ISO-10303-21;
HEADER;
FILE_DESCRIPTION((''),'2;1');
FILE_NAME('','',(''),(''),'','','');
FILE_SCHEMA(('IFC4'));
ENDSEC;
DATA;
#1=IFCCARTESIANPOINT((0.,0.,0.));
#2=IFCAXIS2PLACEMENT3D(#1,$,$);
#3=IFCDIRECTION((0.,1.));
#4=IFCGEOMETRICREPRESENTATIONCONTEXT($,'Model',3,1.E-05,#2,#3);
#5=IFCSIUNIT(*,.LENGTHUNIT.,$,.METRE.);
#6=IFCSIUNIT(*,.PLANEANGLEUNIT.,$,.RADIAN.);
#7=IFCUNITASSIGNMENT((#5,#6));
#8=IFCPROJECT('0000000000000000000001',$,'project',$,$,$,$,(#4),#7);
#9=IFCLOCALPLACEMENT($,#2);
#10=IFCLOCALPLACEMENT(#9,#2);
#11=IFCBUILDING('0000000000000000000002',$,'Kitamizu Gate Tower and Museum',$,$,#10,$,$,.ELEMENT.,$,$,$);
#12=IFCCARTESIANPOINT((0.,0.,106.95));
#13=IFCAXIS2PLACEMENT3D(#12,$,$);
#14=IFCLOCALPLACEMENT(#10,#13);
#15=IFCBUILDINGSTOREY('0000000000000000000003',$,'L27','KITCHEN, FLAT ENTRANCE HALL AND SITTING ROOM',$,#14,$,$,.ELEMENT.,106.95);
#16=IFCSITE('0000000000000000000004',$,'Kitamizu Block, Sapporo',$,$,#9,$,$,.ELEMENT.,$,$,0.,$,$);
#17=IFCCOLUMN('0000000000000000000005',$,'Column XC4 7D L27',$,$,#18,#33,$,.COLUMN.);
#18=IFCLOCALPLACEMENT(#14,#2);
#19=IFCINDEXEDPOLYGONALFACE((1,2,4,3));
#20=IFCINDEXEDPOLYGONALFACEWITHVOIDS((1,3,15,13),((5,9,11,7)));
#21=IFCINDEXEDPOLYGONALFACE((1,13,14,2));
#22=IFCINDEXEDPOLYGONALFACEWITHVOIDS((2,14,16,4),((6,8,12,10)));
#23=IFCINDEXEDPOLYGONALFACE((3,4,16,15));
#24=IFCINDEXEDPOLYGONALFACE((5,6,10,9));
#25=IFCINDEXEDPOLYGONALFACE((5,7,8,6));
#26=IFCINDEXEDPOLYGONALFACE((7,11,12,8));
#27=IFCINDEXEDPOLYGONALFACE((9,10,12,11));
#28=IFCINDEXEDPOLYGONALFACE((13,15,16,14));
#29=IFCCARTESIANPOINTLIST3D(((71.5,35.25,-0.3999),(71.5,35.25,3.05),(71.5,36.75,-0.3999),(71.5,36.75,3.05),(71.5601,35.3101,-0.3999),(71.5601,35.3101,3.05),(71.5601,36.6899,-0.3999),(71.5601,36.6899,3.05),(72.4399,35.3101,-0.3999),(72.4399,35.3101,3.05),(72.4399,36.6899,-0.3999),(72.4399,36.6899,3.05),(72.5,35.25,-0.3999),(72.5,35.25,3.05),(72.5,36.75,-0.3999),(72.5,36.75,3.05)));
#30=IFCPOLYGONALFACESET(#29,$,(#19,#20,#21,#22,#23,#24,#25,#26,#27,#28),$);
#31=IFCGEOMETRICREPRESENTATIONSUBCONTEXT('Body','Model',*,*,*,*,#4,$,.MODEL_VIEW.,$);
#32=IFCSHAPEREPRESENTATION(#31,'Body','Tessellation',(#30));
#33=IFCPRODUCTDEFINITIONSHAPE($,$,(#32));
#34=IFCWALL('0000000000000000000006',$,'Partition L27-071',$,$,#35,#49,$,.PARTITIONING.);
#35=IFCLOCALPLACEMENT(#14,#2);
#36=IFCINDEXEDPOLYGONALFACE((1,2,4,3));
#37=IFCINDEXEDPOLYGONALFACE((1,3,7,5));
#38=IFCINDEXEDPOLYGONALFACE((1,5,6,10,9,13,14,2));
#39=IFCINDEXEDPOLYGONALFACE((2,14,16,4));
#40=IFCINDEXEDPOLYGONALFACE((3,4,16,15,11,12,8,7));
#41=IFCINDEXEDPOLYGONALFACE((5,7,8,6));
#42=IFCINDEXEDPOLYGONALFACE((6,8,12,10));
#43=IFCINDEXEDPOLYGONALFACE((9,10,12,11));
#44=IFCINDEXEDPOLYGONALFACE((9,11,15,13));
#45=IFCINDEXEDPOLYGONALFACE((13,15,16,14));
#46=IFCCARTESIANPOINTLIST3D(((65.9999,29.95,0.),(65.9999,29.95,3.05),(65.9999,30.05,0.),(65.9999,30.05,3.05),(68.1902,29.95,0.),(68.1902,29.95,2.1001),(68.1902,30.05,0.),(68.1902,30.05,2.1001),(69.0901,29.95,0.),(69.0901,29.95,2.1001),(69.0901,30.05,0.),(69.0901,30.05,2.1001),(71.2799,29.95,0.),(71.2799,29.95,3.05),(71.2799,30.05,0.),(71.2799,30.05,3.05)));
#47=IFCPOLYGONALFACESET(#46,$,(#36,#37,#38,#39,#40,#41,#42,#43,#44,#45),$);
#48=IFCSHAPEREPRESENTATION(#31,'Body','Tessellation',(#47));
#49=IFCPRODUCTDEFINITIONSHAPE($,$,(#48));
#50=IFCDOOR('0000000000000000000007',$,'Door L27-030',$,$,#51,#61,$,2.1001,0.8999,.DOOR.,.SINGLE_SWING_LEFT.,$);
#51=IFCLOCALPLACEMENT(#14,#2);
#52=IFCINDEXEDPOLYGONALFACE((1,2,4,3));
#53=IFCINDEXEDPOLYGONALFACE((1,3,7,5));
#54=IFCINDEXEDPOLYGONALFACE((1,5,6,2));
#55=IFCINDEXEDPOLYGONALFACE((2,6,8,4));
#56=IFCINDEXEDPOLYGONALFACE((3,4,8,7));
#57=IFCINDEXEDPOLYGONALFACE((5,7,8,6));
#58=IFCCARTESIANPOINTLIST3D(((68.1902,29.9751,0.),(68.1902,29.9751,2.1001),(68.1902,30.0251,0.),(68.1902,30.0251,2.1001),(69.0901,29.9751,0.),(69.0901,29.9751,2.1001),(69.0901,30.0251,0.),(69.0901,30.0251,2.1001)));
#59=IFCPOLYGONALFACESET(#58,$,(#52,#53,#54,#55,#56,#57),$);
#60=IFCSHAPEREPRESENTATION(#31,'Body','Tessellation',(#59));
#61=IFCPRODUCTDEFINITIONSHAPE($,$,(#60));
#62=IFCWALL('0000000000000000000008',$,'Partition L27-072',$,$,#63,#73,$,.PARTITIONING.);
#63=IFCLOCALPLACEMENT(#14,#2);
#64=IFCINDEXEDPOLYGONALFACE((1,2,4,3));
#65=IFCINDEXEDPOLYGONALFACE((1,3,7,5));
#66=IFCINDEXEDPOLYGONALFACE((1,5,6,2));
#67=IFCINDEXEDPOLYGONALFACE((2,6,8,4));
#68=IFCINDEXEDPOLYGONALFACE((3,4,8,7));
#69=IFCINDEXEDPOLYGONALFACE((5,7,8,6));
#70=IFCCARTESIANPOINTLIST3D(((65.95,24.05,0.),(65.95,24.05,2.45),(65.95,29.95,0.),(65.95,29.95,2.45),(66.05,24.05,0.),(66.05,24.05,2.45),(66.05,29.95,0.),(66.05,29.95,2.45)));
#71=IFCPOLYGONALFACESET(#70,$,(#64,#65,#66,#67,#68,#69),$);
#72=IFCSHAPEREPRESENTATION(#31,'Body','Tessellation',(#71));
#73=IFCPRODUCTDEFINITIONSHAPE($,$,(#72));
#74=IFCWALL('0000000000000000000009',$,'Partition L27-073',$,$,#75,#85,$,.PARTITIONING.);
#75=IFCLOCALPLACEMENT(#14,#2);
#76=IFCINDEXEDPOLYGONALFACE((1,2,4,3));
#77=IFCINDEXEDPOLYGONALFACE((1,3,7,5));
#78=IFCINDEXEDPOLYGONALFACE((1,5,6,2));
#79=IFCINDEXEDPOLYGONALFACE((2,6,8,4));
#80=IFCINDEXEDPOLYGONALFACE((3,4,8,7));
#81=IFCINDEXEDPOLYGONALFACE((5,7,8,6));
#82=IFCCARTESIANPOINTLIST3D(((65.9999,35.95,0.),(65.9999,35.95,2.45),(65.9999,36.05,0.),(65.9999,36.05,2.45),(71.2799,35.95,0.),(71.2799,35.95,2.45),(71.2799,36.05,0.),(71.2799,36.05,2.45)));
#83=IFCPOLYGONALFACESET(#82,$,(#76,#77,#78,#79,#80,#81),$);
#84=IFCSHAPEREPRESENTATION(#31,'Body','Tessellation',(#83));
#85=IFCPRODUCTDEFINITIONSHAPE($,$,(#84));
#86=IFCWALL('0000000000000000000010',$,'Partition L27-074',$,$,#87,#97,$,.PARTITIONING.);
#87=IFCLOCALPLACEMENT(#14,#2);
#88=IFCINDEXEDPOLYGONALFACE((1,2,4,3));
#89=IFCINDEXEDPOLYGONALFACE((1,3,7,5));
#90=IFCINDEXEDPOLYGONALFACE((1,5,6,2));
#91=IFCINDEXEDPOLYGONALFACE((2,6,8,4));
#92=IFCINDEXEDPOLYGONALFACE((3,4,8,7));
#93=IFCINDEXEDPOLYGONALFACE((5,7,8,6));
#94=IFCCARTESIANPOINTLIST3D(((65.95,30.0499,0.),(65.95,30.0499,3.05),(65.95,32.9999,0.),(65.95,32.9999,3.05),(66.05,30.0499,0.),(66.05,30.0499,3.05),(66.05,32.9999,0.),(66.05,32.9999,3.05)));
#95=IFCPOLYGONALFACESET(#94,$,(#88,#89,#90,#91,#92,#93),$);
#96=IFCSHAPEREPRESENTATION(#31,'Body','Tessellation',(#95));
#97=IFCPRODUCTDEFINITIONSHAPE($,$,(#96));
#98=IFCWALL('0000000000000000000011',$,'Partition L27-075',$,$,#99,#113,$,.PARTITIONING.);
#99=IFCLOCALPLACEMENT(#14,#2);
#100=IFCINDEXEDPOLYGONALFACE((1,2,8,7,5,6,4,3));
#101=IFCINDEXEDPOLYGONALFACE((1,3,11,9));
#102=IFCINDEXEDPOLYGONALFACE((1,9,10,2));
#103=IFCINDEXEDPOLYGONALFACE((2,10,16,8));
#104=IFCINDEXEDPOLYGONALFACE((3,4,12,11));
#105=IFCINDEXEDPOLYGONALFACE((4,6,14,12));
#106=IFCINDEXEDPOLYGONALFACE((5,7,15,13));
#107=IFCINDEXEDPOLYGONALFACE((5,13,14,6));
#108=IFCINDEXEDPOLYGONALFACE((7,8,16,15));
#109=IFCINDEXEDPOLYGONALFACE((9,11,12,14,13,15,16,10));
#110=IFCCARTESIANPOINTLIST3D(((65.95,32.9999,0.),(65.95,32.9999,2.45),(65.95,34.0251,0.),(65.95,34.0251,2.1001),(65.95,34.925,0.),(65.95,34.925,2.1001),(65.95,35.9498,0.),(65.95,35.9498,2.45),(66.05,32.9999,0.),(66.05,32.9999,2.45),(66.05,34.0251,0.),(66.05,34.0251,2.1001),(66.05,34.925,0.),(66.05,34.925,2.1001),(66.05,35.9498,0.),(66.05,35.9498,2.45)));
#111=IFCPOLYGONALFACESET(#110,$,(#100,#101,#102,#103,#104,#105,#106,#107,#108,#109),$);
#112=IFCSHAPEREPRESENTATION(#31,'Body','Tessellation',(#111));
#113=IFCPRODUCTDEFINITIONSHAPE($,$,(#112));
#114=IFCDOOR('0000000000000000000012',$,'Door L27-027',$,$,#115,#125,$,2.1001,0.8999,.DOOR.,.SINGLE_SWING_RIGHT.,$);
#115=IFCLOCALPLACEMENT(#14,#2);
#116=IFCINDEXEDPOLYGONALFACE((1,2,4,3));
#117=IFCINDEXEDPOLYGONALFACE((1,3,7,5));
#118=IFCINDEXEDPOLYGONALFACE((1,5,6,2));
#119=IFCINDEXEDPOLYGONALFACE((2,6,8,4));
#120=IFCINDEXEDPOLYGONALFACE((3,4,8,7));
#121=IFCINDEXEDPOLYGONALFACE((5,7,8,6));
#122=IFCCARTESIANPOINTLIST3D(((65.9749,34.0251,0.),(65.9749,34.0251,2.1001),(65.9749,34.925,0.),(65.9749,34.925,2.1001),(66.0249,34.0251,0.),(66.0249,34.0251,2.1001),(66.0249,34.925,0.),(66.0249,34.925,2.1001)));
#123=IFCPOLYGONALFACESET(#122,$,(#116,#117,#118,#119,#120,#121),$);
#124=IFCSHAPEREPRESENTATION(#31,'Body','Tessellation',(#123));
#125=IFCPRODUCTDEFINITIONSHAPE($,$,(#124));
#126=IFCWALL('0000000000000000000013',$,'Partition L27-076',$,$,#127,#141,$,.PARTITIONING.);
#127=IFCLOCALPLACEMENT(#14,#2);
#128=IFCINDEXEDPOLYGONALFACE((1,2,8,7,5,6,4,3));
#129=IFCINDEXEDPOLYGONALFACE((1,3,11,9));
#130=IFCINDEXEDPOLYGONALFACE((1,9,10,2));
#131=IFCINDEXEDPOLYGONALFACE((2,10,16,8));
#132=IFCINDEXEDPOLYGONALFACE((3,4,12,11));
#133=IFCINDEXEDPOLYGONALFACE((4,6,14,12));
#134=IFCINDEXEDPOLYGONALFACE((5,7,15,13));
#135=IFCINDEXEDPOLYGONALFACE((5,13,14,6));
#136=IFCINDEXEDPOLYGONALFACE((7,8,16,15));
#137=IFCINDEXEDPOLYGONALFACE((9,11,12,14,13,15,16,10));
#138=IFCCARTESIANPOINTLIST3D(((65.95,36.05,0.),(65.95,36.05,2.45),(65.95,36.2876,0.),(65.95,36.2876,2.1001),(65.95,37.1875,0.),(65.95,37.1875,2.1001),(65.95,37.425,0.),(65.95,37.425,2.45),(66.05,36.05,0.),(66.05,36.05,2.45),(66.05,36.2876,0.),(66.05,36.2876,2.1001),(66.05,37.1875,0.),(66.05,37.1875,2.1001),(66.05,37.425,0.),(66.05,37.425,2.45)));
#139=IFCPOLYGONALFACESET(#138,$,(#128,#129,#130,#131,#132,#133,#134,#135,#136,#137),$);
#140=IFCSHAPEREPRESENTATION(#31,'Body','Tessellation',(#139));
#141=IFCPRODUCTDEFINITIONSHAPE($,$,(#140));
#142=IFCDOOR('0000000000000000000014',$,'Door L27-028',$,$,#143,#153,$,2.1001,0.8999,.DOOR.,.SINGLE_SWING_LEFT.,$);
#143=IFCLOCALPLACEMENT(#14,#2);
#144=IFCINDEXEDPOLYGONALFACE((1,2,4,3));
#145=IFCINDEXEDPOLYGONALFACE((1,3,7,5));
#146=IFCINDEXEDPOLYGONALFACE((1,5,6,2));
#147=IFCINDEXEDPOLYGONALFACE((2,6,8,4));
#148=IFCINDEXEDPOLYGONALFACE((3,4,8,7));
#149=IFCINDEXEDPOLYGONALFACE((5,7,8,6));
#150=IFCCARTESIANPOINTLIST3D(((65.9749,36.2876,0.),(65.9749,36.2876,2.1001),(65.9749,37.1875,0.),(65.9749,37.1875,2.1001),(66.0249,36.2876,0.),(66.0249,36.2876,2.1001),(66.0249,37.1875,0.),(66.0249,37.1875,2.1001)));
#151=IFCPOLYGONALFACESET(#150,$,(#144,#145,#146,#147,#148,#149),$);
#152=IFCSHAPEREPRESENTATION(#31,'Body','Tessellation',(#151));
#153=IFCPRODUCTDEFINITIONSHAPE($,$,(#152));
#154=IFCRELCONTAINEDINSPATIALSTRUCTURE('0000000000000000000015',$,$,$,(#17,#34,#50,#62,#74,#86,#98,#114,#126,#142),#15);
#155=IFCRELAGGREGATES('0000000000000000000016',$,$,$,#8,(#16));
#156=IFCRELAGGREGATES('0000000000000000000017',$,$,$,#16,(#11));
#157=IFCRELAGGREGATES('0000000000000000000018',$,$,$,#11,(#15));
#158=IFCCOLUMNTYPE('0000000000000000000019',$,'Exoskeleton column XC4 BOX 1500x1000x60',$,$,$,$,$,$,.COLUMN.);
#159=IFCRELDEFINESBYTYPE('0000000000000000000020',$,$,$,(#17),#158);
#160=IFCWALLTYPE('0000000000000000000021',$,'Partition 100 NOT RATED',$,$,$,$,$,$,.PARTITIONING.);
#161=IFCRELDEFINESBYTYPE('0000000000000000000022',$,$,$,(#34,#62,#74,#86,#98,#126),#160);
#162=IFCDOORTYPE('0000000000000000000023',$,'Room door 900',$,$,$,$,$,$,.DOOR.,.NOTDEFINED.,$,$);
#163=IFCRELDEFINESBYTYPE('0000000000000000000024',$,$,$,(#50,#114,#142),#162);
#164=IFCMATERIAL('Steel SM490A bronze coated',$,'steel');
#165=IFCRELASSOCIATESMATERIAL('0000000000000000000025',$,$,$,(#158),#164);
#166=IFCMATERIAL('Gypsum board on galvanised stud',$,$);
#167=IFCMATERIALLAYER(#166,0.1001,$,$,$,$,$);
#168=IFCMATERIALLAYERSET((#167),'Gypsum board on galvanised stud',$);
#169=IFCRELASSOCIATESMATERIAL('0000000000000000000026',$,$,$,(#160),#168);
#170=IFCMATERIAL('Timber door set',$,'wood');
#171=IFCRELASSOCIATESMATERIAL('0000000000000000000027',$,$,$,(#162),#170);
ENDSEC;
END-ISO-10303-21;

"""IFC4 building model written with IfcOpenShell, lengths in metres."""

from ifc_helpers import new_model, si_unit, direction, frame, frame_2d, origin, origin_2d, place, context, subcontext, project, spatial, rectangle, hollow_rectangle, extrude, material, layer, layer_set, material_profile, profile_set, type_object, element, fill, save


model = new_model("IFC4")

# Units and contexts
model_context = context("Model", 3, precision=1e-05, world=origin(), true_north=direction((0.0, 1.0)))
body_context = subcontext(model_context, "Body", "Model", "MODEL_VIEW")
ifc_project = project(units=[si_unit("LENGTHUNIT", "METRE"), si_unit("PLANEANGLEUNIT", "RADIAN")], contexts=[model_context])

# Site, building, storey
site_placement = place(None, origin())
site = spatial("IfcSite", under=ifc_project, at=site_placement, Name="Kitamizu Block, Sapporo", CompositionType="ELEMENT", RefElevation=0.0)
building_placement = place(site_placement, origin())
building = spatial("IfcBuilding", under=site, at=building_placement, Name="Kitamizu Gate Tower and Museum", CompositionType="ELEMENT")
storey_placement = place(building_placement, frame((0.0, 0.0, 106.95)))
storey = spatial("IfcBuildingStorey", under=building, at=storey_placement, Name="L27", Description="KITCHEN, FLAT ENTRANCE HALL AND SITTING ROOM", CompositionType="ELEMENT", Elevation=106.95)

# Column
ifc_material_1 = material(Name="Steel SM490A bronze coated", Category="steel")
ifc_material_profile = material_profile(ifc_material_1, hollow_rectangle(XDim=1.5, YDim=1.0, WallThickness=0.0601, at=origin_2d()), Name="BOX 1500x1000x60")
ifc_profile_set = profile_set([ifc_material_profile], Name="Steel SM490A bronze coated")
column_type = type_object("IfcColumnType", Name="Exoskeleton column XC4 BOX 1500x1000x60", PredefinedType="COLUMN", material=ifc_profile_set)
column_placement = place(storey_placement, frame((72.0, 36.0, -0.3999), z_axis=(0.0, 0.0, 1.0), x_axis=(0.0, 1.0, 0.0)))
element("IfcColumn", 1, at=column_placement, inside=storey, type_object=column_type, Name="Column XC4 7D L27", PredefinedType="COLUMN", context=body_context, shape_type="SweptSolid", body=[
    extrude(hollow_rectangle(XDim=1.5, YDim=1.0, WallThickness=0.0601, at=origin_2d()), origin(), (0.0, 0.0, 1.0), 3.45),
])

# Wall, opening, door
ifc_material_2 = material(Name="Gypsum board on galvanised stud")
ifc_layer_1 = layer(ifc_material_2, 0.1001)
ifc_layer_set_1 = layer_set([ifc_layer_1], Name="Gypsum board on galvanised stud")
wall_type_1 = type_object("IfcWallType", Name="Partition 100 NOT RATED", PredefinedType="PARTITIONING", material=ifc_layer_set_1)
wall_1_placement = place(storey_placement, frame((71.28, 30.0, 0.0), z_axis=(0.0, 0.0, 1.0), x_axis=(-1.0, 0.0, 0.0)))
wall_1 = element("IfcWall", 2, at=wall_1_placement, inside=storey, type_object=wall_type_1, Name="Partition L27-071", PredefinedType="PARTITIONING", context=body_context, shape_type="SweptSolid", body=[
    extrude(rectangle(XDim=5.28, YDim=0.1001, at=frame_2d((2.6401, 0.0))), origin(), (0.0, 0.0, 1.0), 3.05),
])
opening_1_placement = place(wall_1_placement, frame((2.1899, 0.0, 0.0)))
opening_1 = element("IfcOpeningElement", 3, at=opening_1_placement, cuts=wall_1, PredefinedType="OPENING", context=body_context, shape_type="SweptSolid", body=[
    extrude(rectangle(XDim=0.8999, YDim=2.1001, at=frame_2d((0.45, 1.05))), frame((0.0, 0.0601, 0.0), z_axis=(0.0, -1.0, 0.0), x_axis=(1.0, 0.0, 0.0)), (0.0, 0.0, 1.0), 0.1201),
])
ifc_material_3 = material(Name="Timber door set", Category="wood")
door_type_1 = type_object("IfcDoorType", Name="Room door 900", OperationType="NOTDEFINED", PredefinedType="DOOR", material=ifc_material_3)
door_1_placement = place(opening_1_placement, origin())
door_1 = element("IfcDoor", 4, at=door_1_placement, inside=storey, type_object=door_type_1, Name="Door L27-030", OperationType="SINGLE_SWING_LEFT", OverallHeight=2.1001, OverallWidth=0.8999, PredefinedType="DOOR", context=body_context, shape_type="SweptSolid", body=[
    extrude(rectangle(XDim=0.8999, YDim=2.1001, at=frame_2d((0.45, 1.05))), frame((0.0, 0.0249, 0.0), z_axis=(0.0, -1.0, 0.0), x_axis=(1.0, 0.0, 0.0)), (0.0, 0.0, 1.0), 0.05),
])
fill(opening_1, door_1)

# Walls
wall_2_placement = place(storey_placement, frame((66.0, 29.95, 0.0), z_axis=(0.0, 0.0, 1.0), x_axis=(0.0, -1.0, 0.0)))
element("IfcWall", 5, at=wall_2_placement, inside=storey, type_object=wall_type_1, Name="Partition L27-072", PredefinedType="PARTITIONING", context=body_context, shape_type="SweptSolid", body=[
    extrude(rectangle(XDim=5.8999, YDim=0.1001, at=frame_2d((2.95, 0.0))), origin(), (0.0, 0.0, 1.0), 2.45),
])
wall_3_placement = place(storey_placement, frame((71.28, 36.0, 0.0), z_axis=(0.0, 0.0, 1.0), x_axis=(-1.0, 0.0, 0.0)))
element("IfcWall", 6, at=wall_3_placement, inside=storey, type_object=wall_type_1, Name="Partition L27-073", PredefinedType="PARTITIONING", context=body_context, shape_type="SweptSolid", body=[
    extrude(rectangle(XDim=5.28, YDim=0.1001, at=frame_2d((2.6401, 0.0))), origin(), (0.0, 0.0, 1.0), 2.45),
])
wall_4_placement = place(storey_placement, frame((66.0, 33.0, 0.0), z_axis=(0.0, 0.0, 1.0), x_axis=(0.0, -1.0, 0.0)))
element("IfcWall", 7, at=wall_4_placement, inside=storey, type_object=wall_type_1, Name="Partition L27-074", PredefinedType="PARTITIONING", context=body_context, shape_type="SweptSolid", body=[
    extrude(rectangle(XDim=2.95, YDim=0.1001, at=frame_2d((1.4751, 0.0))), origin(), (0.0, 0.0, 1.0), 3.05),
])

# Walls, openings, doors
wall_5_placement = place(storey_placement, frame((66.0, 35.95, 0.0), z_axis=(0.0, 0.0, 1.0), x_axis=(0.0, -1.0, 0.0)))
wall_5 = element("IfcWall", 8, at=wall_5_placement, inside=storey, type_object=wall_type_1, Name="Partition L27-075", PredefinedType="PARTITIONING", context=body_context, shape_type="SweptSolid", body=[
    extrude(rectangle(XDim=2.95, YDim=0.1001, at=frame_2d((1.4751, 0.0))), origin(), (0.0, 0.0, 1.0), 2.45),
])
opening_2_placement = place(wall_5_placement, frame((1.0249, 0.0, 0.0)))
opening_2 = element("IfcOpeningElement", 9, at=opening_2_placement, cuts=wall_5, PredefinedType="OPENING", context=body_context, shape_type="SweptSolid", body=[
    extrude(rectangle(XDim=0.8999, YDim=2.1001, at=frame_2d((0.45, 1.05))), frame((0.0, 0.0601, 0.0), z_axis=(0.0, -1.0, 0.0), x_axis=(1.0, 0.0, 0.0)), (0.0, 0.0, 1.0), 0.1201),
])
door_2_placement = place(opening_2_placement, origin())
door_2 = element("IfcDoor", 10, at=door_2_placement, inside=storey, type_object=door_type_1, Name="Door L27-027", OperationType="SINGLE_SWING_RIGHT", OverallHeight=2.1001, OverallWidth=0.8999, PredefinedType="DOOR", context=body_context, shape_type="SweptSolid", body=[
    extrude(rectangle(XDim=0.8999, YDim=2.1001, at=frame_2d((0.45, 1.05))), frame((0.0, 0.0249, 0.0), z_axis=(0.0, -1.0, 0.0), x_axis=(1.0, 0.0, 0.0)), (0.0, 0.0, 1.0), 0.05),
])
fill(opening_2, door_2)
wall_6_placement = place(storey_placement, frame((66.0, 37.425, 0.0), z_axis=(0.0, 0.0, 1.0), x_axis=(0.0, -1.0, 0.0)))
wall_6 = element("IfcWall", 11, at=wall_6_placement, inside=storey, type_object=wall_type_1, Name="Partition L27-076", PredefinedType="PARTITIONING", context=body_context, shape_type="SweptSolid", body=[
    extrude(rectangle(XDim=1.375, YDim=0.1001, at=frame_2d((0.6875, 0.0))), origin(), (0.0, 0.0, 1.0), 2.45),
])
opening_3_placement = place(wall_6_placement, frame((0.2375, 0.0, 0.0)))
opening_3 = element("IfcOpeningElement", 12, at=opening_3_placement, cuts=wall_6, PredefinedType="OPENING", context=body_context, shape_type="SweptSolid", body=[
    extrude(rectangle(XDim=0.8999, YDim=2.1001, at=frame_2d((0.45, 1.05))), frame((0.0, 0.0601, 0.0), z_axis=(0.0, -1.0, 0.0), x_axis=(1.0, 0.0, 0.0)), (0.0, 0.0, 1.0), 0.1201),
])
door_3_placement = place(opening_3_placement, origin())
door_3 = element("IfcDoor", 13, at=door_3_placement, inside=storey, type_object=door_type_1, Name="Door L27-028", OperationType="SINGLE_SWING_LEFT", OverallHeight=2.1001, OverallWidth=0.8999, PredefinedType="DOOR", context=body_context, shape_type="SweptSolid", body=[
    extrude(rectangle(XDim=0.8999, YDim=2.1001, at=frame_2d((0.45, 1.05))), frame((0.0, 0.0249, 0.0), z_axis=(0.0, -1.0, 0.0), x_axis=(1.0, 0.0, 0.0)), (0.0, 0.0, 1.0), 0.05),
])
fill(opening_3, door_3)

save(model, "model.ifc")
